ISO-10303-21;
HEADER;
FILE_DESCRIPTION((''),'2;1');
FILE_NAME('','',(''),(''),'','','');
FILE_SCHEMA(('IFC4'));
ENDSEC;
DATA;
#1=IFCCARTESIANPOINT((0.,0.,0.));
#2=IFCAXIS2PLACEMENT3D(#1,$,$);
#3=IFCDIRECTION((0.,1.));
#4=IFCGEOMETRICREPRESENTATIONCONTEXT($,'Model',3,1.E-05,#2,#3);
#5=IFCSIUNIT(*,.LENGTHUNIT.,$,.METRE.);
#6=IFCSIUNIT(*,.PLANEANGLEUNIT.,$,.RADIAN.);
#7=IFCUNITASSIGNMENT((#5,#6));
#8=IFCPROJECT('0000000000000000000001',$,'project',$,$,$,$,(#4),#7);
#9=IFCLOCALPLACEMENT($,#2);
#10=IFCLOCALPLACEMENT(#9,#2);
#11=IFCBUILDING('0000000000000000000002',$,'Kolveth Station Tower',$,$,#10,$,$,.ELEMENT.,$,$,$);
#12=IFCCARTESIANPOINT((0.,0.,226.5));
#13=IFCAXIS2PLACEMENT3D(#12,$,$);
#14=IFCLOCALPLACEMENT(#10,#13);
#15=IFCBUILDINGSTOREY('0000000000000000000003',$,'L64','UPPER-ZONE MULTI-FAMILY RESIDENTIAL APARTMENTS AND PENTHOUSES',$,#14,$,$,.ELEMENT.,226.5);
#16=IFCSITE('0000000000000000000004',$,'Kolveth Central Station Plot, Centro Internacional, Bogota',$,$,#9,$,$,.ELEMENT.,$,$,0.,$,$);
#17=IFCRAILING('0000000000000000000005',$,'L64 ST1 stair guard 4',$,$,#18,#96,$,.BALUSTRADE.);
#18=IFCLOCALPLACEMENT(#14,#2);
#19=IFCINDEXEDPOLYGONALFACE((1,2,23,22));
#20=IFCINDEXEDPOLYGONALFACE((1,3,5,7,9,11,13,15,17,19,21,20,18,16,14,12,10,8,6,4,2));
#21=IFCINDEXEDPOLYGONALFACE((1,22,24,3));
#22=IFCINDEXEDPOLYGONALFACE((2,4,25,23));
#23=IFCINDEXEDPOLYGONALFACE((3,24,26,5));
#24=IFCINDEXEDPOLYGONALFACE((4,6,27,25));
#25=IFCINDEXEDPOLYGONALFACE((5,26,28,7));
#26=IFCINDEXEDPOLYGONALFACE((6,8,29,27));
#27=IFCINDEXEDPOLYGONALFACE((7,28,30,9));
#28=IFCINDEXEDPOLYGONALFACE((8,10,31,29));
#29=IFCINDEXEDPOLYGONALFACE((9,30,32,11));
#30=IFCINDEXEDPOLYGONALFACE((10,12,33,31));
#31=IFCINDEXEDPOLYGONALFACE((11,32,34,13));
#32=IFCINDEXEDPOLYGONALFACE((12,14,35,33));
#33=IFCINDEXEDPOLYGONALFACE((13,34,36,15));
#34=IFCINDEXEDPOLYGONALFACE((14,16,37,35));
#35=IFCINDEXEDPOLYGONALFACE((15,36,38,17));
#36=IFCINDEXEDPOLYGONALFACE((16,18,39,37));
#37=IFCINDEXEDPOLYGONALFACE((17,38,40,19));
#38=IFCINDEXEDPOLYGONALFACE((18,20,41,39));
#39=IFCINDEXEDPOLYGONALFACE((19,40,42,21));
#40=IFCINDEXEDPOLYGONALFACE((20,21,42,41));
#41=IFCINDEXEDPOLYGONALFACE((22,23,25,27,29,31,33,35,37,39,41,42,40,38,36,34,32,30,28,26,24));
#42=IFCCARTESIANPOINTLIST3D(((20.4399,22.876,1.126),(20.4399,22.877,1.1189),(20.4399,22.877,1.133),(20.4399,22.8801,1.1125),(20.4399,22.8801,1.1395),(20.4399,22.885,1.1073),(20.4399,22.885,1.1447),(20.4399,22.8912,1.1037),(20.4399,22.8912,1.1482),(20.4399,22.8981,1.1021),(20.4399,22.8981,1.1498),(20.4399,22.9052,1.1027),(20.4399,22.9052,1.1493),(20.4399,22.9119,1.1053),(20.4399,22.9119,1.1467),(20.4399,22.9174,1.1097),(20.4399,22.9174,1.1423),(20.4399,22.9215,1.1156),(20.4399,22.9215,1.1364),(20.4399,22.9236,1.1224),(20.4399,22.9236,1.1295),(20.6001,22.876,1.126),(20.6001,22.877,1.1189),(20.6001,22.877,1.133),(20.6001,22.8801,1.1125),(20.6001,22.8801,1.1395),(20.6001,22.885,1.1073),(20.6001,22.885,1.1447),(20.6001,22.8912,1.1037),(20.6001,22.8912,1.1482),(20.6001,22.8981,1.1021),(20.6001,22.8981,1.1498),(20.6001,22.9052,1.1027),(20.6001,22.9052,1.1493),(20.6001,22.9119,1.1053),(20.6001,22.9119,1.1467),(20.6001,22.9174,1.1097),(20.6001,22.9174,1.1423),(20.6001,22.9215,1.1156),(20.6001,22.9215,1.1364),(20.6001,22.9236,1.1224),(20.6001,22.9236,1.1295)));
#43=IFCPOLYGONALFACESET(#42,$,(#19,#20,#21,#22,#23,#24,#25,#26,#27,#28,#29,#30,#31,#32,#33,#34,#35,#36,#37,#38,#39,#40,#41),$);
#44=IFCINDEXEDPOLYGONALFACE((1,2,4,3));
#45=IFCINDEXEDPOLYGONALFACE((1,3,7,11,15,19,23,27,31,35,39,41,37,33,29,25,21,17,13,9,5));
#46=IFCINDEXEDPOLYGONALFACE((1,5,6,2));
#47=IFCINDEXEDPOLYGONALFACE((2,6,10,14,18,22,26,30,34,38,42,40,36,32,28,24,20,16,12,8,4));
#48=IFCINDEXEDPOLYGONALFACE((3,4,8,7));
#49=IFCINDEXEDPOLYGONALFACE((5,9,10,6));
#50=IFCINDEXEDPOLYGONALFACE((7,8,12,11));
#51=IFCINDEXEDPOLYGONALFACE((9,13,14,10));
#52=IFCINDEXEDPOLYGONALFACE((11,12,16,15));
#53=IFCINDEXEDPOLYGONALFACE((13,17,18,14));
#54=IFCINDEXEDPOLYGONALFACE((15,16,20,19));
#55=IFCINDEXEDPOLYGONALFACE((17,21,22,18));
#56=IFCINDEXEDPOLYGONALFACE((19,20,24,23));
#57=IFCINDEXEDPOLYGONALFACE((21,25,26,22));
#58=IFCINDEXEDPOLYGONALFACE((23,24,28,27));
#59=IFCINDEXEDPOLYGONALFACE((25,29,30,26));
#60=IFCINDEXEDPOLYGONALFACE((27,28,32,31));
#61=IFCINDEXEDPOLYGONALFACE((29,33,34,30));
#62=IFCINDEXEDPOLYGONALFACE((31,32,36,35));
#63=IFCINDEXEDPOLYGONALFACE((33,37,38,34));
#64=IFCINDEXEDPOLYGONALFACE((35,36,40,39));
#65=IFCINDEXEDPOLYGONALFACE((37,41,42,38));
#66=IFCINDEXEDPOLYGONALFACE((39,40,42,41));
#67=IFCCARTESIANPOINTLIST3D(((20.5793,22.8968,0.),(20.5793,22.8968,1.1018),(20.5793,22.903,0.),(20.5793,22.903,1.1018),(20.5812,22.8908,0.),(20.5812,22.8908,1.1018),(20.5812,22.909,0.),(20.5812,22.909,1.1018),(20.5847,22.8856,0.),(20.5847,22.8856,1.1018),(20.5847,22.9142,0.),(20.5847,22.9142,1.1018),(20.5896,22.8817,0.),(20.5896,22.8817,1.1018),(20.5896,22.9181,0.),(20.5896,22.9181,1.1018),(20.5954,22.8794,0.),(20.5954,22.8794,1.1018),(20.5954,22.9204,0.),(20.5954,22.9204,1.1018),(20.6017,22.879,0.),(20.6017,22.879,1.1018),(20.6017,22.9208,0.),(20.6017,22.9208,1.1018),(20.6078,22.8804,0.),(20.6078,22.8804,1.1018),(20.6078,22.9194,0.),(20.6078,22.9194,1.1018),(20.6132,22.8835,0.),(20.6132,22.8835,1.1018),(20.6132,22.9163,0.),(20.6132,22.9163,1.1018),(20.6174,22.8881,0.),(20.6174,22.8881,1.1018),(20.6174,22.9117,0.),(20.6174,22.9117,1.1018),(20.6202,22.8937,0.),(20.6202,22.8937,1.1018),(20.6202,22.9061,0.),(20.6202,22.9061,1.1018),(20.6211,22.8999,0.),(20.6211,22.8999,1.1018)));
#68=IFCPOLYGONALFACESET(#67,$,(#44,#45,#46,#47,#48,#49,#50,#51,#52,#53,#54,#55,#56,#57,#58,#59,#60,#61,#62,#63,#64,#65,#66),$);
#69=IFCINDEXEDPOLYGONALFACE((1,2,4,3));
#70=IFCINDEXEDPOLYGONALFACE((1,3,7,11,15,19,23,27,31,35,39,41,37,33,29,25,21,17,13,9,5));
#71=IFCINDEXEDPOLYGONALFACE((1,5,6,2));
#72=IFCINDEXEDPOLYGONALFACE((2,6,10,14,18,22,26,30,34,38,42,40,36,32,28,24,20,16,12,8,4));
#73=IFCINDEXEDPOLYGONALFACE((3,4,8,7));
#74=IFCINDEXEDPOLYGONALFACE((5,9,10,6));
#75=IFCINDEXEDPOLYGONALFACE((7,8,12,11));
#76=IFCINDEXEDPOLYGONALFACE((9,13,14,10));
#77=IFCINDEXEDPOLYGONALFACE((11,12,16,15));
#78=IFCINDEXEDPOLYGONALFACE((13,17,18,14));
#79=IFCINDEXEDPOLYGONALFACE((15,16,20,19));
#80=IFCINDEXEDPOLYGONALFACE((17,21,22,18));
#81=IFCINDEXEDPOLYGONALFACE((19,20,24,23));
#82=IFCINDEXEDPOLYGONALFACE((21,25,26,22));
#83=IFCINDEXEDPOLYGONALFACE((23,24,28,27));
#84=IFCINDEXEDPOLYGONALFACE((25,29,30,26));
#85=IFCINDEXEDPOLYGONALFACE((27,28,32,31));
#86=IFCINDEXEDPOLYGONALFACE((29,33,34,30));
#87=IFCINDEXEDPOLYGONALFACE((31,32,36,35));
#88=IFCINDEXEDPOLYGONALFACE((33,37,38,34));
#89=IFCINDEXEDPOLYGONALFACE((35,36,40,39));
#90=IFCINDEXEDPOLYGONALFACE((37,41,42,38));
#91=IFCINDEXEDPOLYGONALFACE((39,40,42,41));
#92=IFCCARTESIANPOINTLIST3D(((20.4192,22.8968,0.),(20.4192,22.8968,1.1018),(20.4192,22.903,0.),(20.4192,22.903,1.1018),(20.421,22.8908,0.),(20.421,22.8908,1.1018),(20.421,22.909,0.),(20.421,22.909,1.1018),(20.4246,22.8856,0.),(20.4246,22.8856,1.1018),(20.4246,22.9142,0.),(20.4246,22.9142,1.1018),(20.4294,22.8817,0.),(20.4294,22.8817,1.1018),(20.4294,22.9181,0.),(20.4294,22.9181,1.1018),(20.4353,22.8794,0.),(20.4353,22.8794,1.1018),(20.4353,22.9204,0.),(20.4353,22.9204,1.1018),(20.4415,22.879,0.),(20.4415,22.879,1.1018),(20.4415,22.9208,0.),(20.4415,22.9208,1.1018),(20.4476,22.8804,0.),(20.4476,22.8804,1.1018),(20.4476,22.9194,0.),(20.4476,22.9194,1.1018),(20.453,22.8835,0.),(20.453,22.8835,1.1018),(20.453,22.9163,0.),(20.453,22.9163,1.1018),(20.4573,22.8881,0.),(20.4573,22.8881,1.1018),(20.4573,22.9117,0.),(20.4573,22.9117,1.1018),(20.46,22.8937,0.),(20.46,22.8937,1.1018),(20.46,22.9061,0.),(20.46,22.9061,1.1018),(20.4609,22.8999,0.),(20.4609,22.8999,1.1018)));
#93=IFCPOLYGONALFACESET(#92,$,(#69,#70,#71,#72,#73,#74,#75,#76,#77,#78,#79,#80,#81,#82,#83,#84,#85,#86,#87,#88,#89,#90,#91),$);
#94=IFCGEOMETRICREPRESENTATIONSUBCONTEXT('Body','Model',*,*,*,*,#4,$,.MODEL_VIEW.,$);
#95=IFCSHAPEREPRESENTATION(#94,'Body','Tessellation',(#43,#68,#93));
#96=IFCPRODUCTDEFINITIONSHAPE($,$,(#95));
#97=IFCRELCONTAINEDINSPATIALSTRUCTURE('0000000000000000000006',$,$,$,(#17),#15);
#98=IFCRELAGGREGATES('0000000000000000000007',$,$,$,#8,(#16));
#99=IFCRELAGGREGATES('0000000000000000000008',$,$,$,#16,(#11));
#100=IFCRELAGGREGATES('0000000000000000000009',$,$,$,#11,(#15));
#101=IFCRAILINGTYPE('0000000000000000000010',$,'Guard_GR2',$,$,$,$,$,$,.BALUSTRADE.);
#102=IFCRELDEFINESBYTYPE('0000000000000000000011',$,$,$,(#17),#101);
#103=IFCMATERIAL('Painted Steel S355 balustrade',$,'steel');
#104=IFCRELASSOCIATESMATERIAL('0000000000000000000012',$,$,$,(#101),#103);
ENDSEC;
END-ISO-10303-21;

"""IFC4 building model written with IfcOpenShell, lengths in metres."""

from ifc_helpers import new_model, si_unit, direction, frame, origin, origin_2d, place, context, subcontext, project, spatial, circle, extrude, material, type_object, element, save


model = new_model("IFC4")

# Units and contexts
model_context = context("Model", 3, precision=1e-05, world=origin(), true_north=direction((0.0, 1.0)))
body_context = subcontext(model_context, "Body", "Model", "MODEL_VIEW")
ifc_project = project(units=[si_unit("LENGTHUNIT", "METRE"), si_unit("PLANEANGLEUNIT", "RADIAN")], contexts=[model_context])

# Site, building, storey
site_placement = place(None, origin())
site = spatial("IfcSite", under=ifc_project, at=site_placement, Name="Kolveth Central Station Plot, Centro Internacional, Bogota", CompositionType="ELEMENT", RefElevation=0.0)
building_placement = place(site_placement, origin())
building = spatial("IfcBuilding", under=site, at=building_placement, Name="Kolveth Station Tower", CompositionType="ELEMENT")
storey_placement = place(building_placement, frame((0.0, 0.0, 226.5)))
storey = spatial("IfcBuildingStorey", under=building, at=storey_placement, Name="L64", Description="UPPER-ZONE MULTI-FAMILY RESIDENTIAL APARTMENTS AND PENTHOUSES", CompositionType="ELEMENT", Elevation=226.5)

# Railing
ifc_material_1 = material(Name="Painted Steel S355 balustrade", Category="steel")
railing_type_1 = type_object("IfcRailingType", Name="Guard_GR2", PredefinedType="BALUSTRADE", material=ifc_material_1)
railing_1_placement = place(storey_placement, frame((20.6001, 22.8999, 0.0)))
element("IfcRailing", 1, at=railing_1_placement, inside=storey, type_object=railing_type_1, Name="L64 ST1 stair guard 4", PredefinedType="BALUSTRADE", context=body_context, shape_type="SweptSolid", body=[
    extrude(circle(Radius=0.0239, at=origin_2d()), frame((0.0, 0.0, 1.126), z_axis=(-1.0, 0.0, 0.0), x_axis=(0.0, -1.0, 0.0)), (0.0, 0.0, 1.0), 0.1602),
    extrude(circle(Radius=0.021, at=origin_2d()), origin(), (0.0, 0.0, 1.0), 1.1018),
    extrude(circle(Radius=0.021, at=origin_2d()), frame((-0.1602, 0.0, 0.0)), (0.0, 0.0, 1.0), 1.1018),
])

save(model, "model.ifc")
